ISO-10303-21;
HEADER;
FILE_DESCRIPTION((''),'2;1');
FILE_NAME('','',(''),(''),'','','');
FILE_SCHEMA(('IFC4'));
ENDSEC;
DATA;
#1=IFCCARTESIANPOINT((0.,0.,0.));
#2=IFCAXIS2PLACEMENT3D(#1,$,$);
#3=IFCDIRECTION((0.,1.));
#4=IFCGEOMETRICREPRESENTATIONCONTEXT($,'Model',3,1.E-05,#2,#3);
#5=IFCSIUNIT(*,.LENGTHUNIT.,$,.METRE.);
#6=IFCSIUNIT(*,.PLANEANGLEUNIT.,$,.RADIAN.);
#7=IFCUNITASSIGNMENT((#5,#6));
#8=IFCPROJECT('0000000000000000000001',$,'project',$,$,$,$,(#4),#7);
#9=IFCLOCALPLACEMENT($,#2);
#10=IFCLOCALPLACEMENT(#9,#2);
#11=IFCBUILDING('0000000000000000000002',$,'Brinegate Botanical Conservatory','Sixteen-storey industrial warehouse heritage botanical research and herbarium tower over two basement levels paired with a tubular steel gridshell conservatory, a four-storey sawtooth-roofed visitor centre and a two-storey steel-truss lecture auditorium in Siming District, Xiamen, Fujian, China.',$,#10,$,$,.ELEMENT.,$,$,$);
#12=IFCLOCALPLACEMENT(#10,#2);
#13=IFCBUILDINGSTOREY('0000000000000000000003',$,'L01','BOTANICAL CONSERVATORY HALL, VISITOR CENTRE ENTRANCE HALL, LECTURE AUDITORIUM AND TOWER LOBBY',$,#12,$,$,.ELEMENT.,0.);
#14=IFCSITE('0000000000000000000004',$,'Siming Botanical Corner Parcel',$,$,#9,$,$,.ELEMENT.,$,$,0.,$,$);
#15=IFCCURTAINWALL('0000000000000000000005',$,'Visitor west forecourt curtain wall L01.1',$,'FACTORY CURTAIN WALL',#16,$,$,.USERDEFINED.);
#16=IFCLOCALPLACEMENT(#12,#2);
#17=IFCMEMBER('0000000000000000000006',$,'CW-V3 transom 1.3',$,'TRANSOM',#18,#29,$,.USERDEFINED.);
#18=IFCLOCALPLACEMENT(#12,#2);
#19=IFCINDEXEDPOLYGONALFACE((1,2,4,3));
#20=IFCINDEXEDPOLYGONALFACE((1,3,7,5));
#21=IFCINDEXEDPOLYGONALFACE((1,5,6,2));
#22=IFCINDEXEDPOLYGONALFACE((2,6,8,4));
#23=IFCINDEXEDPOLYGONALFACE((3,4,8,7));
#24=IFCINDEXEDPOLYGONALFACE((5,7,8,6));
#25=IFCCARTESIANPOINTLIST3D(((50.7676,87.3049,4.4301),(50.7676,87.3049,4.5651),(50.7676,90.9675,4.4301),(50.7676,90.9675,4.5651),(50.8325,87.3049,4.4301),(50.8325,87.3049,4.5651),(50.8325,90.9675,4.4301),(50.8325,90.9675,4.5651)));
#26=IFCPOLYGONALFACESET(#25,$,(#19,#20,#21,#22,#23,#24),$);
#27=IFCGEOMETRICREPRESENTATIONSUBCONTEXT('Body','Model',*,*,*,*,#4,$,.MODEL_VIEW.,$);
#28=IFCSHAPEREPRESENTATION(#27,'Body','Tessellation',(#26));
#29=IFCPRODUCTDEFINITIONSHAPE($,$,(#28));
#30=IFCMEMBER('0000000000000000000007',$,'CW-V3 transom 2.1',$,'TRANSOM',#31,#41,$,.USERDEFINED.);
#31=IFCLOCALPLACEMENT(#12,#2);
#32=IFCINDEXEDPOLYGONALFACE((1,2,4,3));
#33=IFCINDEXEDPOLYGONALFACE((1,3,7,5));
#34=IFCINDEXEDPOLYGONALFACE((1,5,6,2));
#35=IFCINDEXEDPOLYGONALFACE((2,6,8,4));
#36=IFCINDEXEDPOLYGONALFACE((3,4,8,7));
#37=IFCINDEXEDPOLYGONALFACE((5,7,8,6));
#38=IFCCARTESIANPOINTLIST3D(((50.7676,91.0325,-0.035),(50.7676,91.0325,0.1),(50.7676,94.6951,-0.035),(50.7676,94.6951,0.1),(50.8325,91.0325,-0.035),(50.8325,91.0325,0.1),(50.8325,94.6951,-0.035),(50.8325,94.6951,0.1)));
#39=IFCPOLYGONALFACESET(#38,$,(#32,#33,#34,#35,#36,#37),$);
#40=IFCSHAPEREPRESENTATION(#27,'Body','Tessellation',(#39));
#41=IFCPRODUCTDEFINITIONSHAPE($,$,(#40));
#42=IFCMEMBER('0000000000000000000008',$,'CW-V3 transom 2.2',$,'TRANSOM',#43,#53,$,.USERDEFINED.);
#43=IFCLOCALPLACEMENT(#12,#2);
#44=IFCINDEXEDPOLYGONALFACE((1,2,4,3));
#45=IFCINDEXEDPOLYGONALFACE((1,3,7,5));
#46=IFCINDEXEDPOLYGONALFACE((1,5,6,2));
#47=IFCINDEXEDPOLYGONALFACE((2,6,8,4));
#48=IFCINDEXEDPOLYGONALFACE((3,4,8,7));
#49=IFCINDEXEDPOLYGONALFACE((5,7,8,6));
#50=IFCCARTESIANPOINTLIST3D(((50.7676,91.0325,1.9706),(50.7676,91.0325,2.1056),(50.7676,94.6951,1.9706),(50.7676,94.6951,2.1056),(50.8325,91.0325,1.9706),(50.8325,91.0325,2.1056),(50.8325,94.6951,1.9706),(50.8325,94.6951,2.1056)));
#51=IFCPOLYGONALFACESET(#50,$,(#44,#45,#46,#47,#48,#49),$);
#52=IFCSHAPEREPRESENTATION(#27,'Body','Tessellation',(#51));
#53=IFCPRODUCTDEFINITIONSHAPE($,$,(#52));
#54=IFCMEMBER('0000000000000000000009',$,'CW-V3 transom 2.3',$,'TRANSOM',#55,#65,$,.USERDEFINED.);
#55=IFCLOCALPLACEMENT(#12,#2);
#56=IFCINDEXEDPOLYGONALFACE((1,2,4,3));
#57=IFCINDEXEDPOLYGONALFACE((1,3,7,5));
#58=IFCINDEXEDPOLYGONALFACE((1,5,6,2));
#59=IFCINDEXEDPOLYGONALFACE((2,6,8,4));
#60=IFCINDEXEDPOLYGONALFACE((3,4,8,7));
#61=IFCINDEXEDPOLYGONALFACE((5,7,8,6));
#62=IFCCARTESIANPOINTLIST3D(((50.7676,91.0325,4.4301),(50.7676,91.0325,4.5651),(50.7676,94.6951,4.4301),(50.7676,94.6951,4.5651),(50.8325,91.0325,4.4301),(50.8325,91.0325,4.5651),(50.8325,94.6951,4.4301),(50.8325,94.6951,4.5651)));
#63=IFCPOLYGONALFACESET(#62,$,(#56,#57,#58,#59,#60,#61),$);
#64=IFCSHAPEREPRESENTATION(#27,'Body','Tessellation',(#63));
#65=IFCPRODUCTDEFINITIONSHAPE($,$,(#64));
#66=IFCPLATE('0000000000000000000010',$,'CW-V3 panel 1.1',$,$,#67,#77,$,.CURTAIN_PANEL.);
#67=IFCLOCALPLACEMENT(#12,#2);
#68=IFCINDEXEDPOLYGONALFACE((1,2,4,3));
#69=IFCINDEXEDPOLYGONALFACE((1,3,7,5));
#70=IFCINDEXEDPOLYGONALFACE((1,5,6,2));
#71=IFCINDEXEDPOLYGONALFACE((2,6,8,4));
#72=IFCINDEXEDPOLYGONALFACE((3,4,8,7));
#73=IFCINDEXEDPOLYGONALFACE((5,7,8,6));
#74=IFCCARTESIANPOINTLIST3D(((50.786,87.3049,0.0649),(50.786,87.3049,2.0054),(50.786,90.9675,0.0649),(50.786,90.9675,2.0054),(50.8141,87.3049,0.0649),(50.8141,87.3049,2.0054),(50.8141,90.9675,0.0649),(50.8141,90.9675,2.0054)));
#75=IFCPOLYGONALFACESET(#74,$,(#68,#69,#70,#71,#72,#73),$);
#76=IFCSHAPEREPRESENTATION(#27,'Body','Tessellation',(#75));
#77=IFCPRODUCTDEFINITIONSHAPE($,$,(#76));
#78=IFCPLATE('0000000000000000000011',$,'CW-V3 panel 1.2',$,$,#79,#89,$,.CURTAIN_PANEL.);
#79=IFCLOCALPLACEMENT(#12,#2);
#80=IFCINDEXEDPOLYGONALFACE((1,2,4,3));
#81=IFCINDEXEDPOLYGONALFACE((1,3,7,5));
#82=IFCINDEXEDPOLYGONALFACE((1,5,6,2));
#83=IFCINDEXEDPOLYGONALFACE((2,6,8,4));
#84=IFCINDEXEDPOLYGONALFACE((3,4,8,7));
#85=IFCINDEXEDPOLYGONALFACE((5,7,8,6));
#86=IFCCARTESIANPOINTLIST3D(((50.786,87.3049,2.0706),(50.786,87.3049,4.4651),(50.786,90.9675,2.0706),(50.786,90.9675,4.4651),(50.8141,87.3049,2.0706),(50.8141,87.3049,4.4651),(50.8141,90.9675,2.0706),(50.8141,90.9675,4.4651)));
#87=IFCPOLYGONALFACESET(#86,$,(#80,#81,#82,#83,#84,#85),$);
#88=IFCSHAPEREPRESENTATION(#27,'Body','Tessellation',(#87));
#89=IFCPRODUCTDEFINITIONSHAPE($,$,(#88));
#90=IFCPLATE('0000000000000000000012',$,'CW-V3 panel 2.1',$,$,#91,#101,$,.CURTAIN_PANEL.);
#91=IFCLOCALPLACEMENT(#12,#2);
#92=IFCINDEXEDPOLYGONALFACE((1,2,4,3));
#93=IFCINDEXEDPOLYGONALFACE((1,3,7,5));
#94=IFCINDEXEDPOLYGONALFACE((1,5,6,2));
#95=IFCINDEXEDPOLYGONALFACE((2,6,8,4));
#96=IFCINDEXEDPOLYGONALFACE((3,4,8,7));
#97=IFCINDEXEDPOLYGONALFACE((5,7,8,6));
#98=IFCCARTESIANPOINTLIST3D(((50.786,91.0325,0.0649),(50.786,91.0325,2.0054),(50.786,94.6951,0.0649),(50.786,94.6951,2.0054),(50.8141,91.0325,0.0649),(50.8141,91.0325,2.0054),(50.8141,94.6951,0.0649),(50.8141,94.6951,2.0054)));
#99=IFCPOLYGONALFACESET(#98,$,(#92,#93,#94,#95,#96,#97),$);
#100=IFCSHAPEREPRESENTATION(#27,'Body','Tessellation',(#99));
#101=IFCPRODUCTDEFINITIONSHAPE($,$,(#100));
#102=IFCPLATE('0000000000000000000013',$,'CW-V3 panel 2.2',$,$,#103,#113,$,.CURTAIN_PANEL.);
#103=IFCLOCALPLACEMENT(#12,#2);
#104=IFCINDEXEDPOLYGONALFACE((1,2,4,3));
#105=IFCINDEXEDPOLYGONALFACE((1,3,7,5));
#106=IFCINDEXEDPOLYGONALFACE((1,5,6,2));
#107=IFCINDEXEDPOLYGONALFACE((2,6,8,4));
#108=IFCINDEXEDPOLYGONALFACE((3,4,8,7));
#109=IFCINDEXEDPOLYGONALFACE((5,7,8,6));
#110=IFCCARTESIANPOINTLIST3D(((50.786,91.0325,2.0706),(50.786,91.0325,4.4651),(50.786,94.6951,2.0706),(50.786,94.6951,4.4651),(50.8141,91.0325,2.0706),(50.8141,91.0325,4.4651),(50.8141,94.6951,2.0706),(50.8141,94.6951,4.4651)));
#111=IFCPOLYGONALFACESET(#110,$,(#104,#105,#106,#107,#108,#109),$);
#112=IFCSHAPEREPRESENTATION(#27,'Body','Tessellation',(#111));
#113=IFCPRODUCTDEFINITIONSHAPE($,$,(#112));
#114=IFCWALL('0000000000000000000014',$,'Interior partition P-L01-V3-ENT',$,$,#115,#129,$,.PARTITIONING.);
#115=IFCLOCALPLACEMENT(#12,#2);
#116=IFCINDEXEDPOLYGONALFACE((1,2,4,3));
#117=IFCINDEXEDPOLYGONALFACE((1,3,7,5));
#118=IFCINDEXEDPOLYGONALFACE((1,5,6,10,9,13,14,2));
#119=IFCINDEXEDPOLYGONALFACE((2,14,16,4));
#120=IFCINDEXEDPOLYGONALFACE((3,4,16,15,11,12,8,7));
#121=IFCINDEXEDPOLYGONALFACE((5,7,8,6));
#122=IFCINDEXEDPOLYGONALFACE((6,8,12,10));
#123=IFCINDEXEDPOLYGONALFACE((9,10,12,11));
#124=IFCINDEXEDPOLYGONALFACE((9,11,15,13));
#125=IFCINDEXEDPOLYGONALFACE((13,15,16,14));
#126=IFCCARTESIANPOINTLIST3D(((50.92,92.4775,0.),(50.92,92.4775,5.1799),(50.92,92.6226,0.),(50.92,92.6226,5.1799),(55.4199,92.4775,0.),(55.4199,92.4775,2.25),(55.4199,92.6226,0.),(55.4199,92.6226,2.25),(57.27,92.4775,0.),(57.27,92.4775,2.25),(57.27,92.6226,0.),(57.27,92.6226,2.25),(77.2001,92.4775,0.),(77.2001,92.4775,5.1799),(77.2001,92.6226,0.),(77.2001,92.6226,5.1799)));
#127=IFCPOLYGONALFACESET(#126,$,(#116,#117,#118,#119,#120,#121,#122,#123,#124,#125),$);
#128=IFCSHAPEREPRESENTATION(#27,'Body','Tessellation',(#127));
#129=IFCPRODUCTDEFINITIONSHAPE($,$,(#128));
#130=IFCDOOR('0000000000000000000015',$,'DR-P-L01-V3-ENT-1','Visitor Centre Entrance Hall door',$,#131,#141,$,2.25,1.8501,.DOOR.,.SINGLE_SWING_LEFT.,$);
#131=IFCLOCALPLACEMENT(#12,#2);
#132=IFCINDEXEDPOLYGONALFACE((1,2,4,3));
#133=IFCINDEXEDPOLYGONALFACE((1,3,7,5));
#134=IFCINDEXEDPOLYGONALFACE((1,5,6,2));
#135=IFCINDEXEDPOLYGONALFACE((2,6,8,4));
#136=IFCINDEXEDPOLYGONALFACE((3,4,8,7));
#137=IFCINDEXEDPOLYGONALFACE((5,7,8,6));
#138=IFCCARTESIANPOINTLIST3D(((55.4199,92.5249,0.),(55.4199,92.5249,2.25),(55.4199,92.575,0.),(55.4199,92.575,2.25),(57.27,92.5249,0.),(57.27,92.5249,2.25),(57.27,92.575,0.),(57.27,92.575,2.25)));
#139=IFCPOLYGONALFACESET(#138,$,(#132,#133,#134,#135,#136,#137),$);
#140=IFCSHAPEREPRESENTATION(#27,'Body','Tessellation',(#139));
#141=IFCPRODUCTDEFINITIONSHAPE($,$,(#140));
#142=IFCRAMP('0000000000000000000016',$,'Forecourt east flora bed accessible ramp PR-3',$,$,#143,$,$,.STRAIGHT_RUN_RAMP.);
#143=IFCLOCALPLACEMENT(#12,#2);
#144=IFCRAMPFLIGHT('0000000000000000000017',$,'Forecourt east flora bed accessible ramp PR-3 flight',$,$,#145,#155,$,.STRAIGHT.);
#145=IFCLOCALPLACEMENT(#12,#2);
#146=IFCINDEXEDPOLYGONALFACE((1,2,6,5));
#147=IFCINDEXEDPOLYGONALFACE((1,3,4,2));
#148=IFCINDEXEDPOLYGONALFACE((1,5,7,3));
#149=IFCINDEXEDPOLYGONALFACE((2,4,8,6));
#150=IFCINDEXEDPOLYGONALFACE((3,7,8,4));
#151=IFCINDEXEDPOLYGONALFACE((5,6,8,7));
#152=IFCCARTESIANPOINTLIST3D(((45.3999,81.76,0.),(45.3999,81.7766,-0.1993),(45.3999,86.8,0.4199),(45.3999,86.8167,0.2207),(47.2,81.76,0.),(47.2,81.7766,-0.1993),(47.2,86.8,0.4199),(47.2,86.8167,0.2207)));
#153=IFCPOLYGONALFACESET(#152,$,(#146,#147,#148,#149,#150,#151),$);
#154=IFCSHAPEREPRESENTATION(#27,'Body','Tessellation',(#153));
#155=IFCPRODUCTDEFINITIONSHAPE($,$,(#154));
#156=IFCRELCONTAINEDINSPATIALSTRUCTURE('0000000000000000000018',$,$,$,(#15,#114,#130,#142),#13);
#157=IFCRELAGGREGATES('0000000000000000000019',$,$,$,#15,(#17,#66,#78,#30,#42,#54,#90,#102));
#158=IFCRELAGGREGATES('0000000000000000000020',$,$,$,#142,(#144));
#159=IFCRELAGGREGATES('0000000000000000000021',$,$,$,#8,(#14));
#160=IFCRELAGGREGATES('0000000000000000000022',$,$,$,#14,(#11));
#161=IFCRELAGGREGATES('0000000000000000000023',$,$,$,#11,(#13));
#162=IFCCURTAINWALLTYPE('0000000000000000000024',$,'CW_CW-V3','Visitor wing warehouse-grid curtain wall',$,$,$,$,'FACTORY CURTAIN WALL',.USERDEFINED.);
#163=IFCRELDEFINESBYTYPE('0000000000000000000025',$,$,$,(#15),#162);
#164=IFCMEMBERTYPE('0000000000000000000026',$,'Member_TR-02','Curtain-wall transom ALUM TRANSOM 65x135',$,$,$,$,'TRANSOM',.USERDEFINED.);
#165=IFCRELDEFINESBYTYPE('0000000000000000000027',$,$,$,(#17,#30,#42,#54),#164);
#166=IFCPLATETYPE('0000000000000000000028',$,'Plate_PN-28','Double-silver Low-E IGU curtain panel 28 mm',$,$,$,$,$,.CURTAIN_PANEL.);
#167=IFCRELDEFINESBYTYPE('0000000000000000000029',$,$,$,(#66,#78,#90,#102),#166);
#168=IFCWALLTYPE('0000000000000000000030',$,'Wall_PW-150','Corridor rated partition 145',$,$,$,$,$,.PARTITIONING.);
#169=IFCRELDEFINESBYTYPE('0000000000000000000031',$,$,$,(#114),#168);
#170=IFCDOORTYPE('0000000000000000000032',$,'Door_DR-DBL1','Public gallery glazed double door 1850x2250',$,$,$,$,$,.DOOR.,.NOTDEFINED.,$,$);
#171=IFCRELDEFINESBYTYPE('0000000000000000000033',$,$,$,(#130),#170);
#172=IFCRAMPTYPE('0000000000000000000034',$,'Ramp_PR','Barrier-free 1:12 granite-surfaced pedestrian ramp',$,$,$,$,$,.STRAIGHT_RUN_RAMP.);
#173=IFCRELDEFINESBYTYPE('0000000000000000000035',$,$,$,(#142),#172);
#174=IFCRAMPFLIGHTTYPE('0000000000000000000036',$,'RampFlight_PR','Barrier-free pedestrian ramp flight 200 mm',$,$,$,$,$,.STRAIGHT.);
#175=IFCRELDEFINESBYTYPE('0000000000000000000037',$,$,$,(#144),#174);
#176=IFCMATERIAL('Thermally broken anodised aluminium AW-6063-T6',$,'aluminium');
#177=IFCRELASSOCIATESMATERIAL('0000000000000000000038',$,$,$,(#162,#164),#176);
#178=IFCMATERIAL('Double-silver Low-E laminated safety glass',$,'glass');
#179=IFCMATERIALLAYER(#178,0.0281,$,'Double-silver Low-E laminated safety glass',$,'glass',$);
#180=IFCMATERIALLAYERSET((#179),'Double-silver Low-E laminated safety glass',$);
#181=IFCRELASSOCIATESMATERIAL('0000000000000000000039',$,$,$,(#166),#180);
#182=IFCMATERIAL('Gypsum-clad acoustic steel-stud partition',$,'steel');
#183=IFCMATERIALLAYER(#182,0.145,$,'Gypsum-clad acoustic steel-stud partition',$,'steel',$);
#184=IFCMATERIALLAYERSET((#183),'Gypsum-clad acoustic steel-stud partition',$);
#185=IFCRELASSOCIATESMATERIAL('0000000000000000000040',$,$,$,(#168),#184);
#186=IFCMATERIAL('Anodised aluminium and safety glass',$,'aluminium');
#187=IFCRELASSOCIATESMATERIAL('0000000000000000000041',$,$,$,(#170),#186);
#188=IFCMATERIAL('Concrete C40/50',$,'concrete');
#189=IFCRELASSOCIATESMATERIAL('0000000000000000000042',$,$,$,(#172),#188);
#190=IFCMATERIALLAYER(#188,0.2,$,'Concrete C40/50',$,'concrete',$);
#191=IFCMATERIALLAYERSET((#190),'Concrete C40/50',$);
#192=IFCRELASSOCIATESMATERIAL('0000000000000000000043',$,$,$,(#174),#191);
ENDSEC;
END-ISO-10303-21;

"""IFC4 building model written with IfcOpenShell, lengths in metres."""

from ifc_helpers import new_model, si_unit, direction, frame, frame_2d, origin, origin_2d, place, context, subcontext, project, spatial, polyline, rectangle, outline, extrude, material, layer, layer_set, material_profile, profile_set, type_object, element, fill, aggregate, save


model = new_model("IFC4")

# Units and contexts
model_context = context("Model", 3, precision=1e-05, world=origin(), true_north=direction((0.0, 1.0)))
body_context = subcontext(model_context, "Body", "Model", "MODEL_VIEW")
ifc_project = project(units=[si_unit("LENGTHUNIT", "METRE"), si_unit("PLANEANGLEUNIT", "RADIAN")], contexts=[model_context])

# Site, building, storey
site_placement = place(None, origin())
site = spatial("IfcSite", under=ifc_project, at=site_placement, Name="Siming Botanical Corner Parcel", CompositionType="ELEMENT", RefElevation=0.0)
building_placement = place(site_placement, origin())
building = spatial("IfcBuilding", under=site, at=building_placement, Name="Brinegate Botanical Conservatory", Description="Sixteen-storey industrial warehouse heritage botanical research and herbarium tower over two basement levels paired with a tubular steel gridshell conservatory, a four-storey sawtooth-roofed visitor centre and a two-storey steel-truss lecture auditorium in Siming District, Xiamen, Fujian, China.", CompositionType="ELEMENT")
storey_placement = place(building_placement, origin())
storey = spatial("IfcBuildingStorey", under=building, at=storey_placement, Name="L01", Description="BOTANICAL CONSERVATORY HALL, VISITOR CENTRE ENTRANCE HALL, LECTURE AUDITORIUM AND TOWER LOBBY", CompositionType="ELEMENT", Elevation=0.0)

# Shared definitions
ifc_material_1 = material(Name="Concrete C40/50", Category="concrete")

# Curtain wall, members, plates
ifc_material_2 = material(Name="Thermally broken anodised aluminium AW-6063-T6", Category="aluminium")
curtain_wall_type = type_object("IfcCurtainWallType", Name="CW_CW-V3", Description="Visitor wing warehouse-grid curtain wall", ElementType="FACTORY CURTAIN WALL", PredefinedType="USERDEFINED", material=ifc_material_2)
curtain_wall_placement = place(storey_placement, origin())
curtain_wall = element("IfcCurtainWall", 1, at=curtain_wall_placement, inside=storey, type_object=curtain_wall_type, Name="Visitor west forecourt curtain wall L01.1", ObjectType="FACTORY CURTAIN WALL", PredefinedType="USERDEFINED")
ifc_material_profile_1 = material_profile(ifc_material_2, rectangle(XDim=0.0649, YDim=0.135, at=origin_2d()), Name="ALUM TRANSOM 65x135")
ifc_profile_set_1 = profile_set([ifc_material_profile_1], Name="Thermally broken anodised aluminium AW-6063-T6")
member_type_1 = type_object("IfcMemberType", Name="Member_TR-02", Description="Curtain-wall transom ALUM TRANSOM 65x135", ElementType="TRANSOM", PredefinedType="USERDEFINED", material=ifc_profile_set_1)
member_1_placement = place(storey_placement, frame((50.8, 87.3049, 4.4976), z_axis=(0.0, 1.0, 0.0), x_axis=(-1.0, 0.0, 0.0)))
member_1 = element("IfcMember", 2, at=member_1_placement, type_object=member_type_1, Name="CW-V3 transom 1.3", ObjectType="TRANSOM", PredefinedType="USERDEFINED", context=body_context, shape_type="SweptSolid", body=[
    extrude(rectangle(XDim=0.0649, YDim=0.135, at=origin_2d()), origin(), (0.0, 0.0, 1.0), 3.6626),
])
member_2_placement = place(storey_placement, frame((50.8, 91.0325, 0.0325), z_axis=(0.0, 1.0, 0.0), x_axis=(-1.0, 0.0, 0.0)))
member_2 = element("IfcMember", 3, at=member_2_placement, type_object=member_type_1, Name="CW-V3 transom 2.1", ObjectType="TRANSOM", PredefinedType="USERDEFINED", context=body_context, shape_type="SweptSolid", body=[
    extrude(rectangle(XDim=0.0649, YDim=0.135, at=origin_2d()), origin(), (0.0, 0.0, 1.0), 3.6626),
])
member_3_placement = place(storey_placement, frame((50.8, 91.0325, 2.0381), z_axis=(0.0, 1.0, 0.0), x_axis=(-1.0, 0.0, 0.0)))
member_3 = element("IfcMember", 4, at=member_3_placement, type_object=member_type_1, Name="CW-V3 transom 2.2", ObjectType="TRANSOM", PredefinedType="USERDEFINED", context=body_context, shape_type="SweptSolid", body=[
    extrude(rectangle(XDim=0.0649, YDim=0.135, at=origin_2d()), origin(), (0.0, 0.0, 1.0), 3.6626),
])
member_4_placement = place(storey_placement, frame((50.8, 91.0325, 4.4976), z_axis=(0.0, 1.0, 0.0), x_axis=(-1.0, 0.0, 0.0)))
member_4 = element("IfcMember", 5, at=member_4_placement, type_object=member_type_1, Name="CW-V3 transom 2.3", ObjectType="TRANSOM", PredefinedType="USERDEFINED", context=body_context, shape_type="SweptSolid", body=[
    extrude(rectangle(XDim=0.0649, YDim=0.135, at=origin_2d()), origin(), (0.0, 0.0, 1.0), 3.6626),
])
ifc_material_3 = material(Name="Double-silver Low-E laminated safety glass", Category="glass")
ifc_layer_1 = layer(ifc_material_3, 0.0281, Name="Double-silver Low-E laminated safety glass", Category="glass")
ifc_layer_set_1 = layer_set([ifc_layer_1], Name="Double-silver Low-E laminated safety glass")
plate_type = type_object("IfcPlateType", Name="Plate_PN-28", Description="Double-silver Low-E IGU curtain panel 28 mm", PredefinedType="CURTAIN_PANEL", material=ifc_layer_set_1)
plate_1_placement = place(storey_placement, frame((50.8, 89.1362, 0.0649), z_axis=(0.0, 0.0, 1.0), x_axis=(0.0, 1.0, 0.0)))
plate_1 = element("IfcPlate", 6, at=plate_1_placement, type_object=plate_type, Name="CW-V3 panel 1.1", PredefinedType="CURTAIN_PANEL", context=body_context, shape_type="SweptSolid", body=[
    extrude(rectangle(XDim=3.6626, YDim=0.0281, at=origin_2d()), origin(), (0.0, 0.0, 1.0), 1.9404),
])
plate_2_placement = place(storey_placement, frame((50.8, 89.1362, 2.0706), z_axis=(0.0, 0.0, 1.0), x_axis=(0.0, 1.0, 0.0)))
plate_2 = element("IfcPlate", 7, at=plate_2_placement, type_object=plate_type, Name="CW-V3 panel 1.2", PredefinedType="CURTAIN_PANEL", context=body_context, shape_type="SweptSolid", body=[
    extrude(rectangle(XDim=3.6626, YDim=0.0281, at=origin_2d()), origin(), (0.0, 0.0, 1.0), 2.3945),
])
plate_3_placement = place(storey_placement, frame((50.8, 92.8638, 0.0649), z_axis=(0.0, 0.0, 1.0), x_axis=(0.0, 1.0, 0.0)))
plate_3 = element("IfcPlate", 8, at=plate_3_placement, type_object=plate_type, Name="CW-V3 panel 2.1", PredefinedType="CURTAIN_PANEL", context=body_context, shape_type="SweptSolid", body=[
    extrude(rectangle(XDim=3.6626, YDim=0.0281, at=origin_2d()), origin(), (0.0, 0.0, 1.0), 1.9404),
])
plate_4_placement = place(storey_placement, frame((50.8, 92.8638, 2.0706), z_axis=(0.0, 0.0, 1.0), x_axis=(0.0, 1.0, 0.0)))
plate_4 = element("IfcPlate", 9, at=plate_4_placement, type_object=plate_type, Name="CW-V3 panel 2.2", PredefinedType="CURTAIN_PANEL", context=body_context, shape_type="SweptSolid", body=[
    extrude(rectangle(XDim=3.6626, YDim=0.0281, at=origin_2d()), origin(), (0.0, 0.0, 1.0), 2.3945),
])
aggregate(curtain_wall, [member_1, plate_1, plate_2, member_2, member_3, member_4, plate_3, plate_4])

# Wall, opening, door
ifc_material_4 = material(Name="Gypsum-clad acoustic steel-stud partition", Category="steel")
ifc_layer_2 = layer(ifc_material_4, 0.145, Name="Gypsum-clad acoustic steel-stud partition", Category="steel")
ifc_layer_set_2 = layer_set([ifc_layer_2], Name="Gypsum-clad acoustic steel-stud partition")
wall_type = type_object("IfcWallType", Name="Wall_PW-150", Description="Corridor rated partition 145", PredefinedType="PARTITIONING", material=ifc_layer_set_2)
wall_placement = place(storey_placement, frame((50.9199, 92.55, 0.0), z_axis=(0.0, 0.0, 1.0), x_axis=(1.0, 0.0, 0.0)))
wall = element("IfcWall", 10, at=wall_placement, inside=storey, type_object=wall_type, Name="Interior partition P-L01-V3-ENT", PredefinedType="PARTITIONING", context=body_context, shape_type="SweptSolid", body=[
    extrude(rectangle(XDim=26.28, YDim=0.145, at=frame_2d((13.1401, 0.0))), origin(), (0.0, 0.0, 1.0), 5.1799),
])
opening_placement = place(wall_placement, frame((4.5, 0.0, 0.0)))
opening = element("IfcOpeningElement", 11, at=opening_placement, cuts=wall, PredefinedType="OPENING", context=body_context, shape_type="SweptSolid", body=[
    extrude(rectangle(XDim=1.8501, YDim=2.25, at=frame_2d((0.925, 1.125))), frame((0.0, 0.0825, 0.0), z_axis=(0.0, -1.0, 0.0), x_axis=(1.0, 0.0, 0.0)), (0.0, 0.0, 1.0), 0.165),
])
ifc_material_5 = material(Name="Anodised aluminium and safety glass", Category="aluminium")
door_type = type_object("IfcDoorType", Name="Door_DR-DBL1", Description="Public gallery glazed double door 1850x2250", OperationType="NOTDEFINED", PredefinedType="DOOR", material=ifc_material_5)
door_placement = place(opening_placement, origin())
door = element("IfcDoor", 12, at=door_placement, inside=storey, type_object=door_type, Name="DR-P-L01-V3-ENT-1", Description="Visitor Centre Entrance Hall door", OperationType="SINGLE_SWING_LEFT", OverallHeight=2.25, OverallWidth=1.8501, PredefinedType="DOOR", context=body_context, shape_type="SweptSolid", body=[
    extrude(rectangle(XDim=1.8501, YDim=2.25, at=frame_2d((0.925, 1.125))), frame((0.0, 0.0249, 0.0), z_axis=(0.0, -1.0, 0.0), x_axis=(1.0, 0.0, 0.0)), (0.0, 0.0, 1.0), 0.05),
])
fill(opening, door)

# Ramp, ramp flight
ramp_type = type_object("IfcRampType", Name="Ramp_PR", Description="Barrier-free 1:12 granite-surfaced pedestrian ramp", PredefinedType="STRAIGHT_RUN_RAMP", material=ifc_material_1)
ramp_placement = place(storey_placement, origin())
ramp = element("IfcRamp", 13, at=ramp_placement, inside=storey, type_object=ramp_type, Name="Forecourt east flora bed accessible ramp PR-3", PredefinedType="STRAIGHT_RUN_RAMP")
ifc_layer_3 = layer(ifc_material_1, 0.2, Name="Concrete C40/50", Category="concrete")
ifc_layer_set_3 = layer_set([ifc_layer_3], Name="Concrete C40/50")
ramp_flight_type = type_object("IfcRampFlightType", Name="RampFlight_PR", Description="Barrier-free pedestrian ramp flight 200 mm", PredefinedType="STRAIGHT", material=ifc_layer_set_3)
ramp_flight_placement = place(storey_placement, frame((45.3999, 81.76, 0.0), z_axis=(0.0, -0.083029, 0.996547), x_axis=(1.0, 0.0, 0.0)))
ramp_flight = element("IfcRampFlight", 14, at=ramp_flight_placement, type_object=ramp_flight_type, Name="Forecourt east flora bed accessible ramp PR-3 flight", PredefinedType="STRAIGHT", context=body_context, shape_type="SweptSolid", body=[
    extrude(outline(polyline([(0.0, 0.0), (1.8, 0.0), (1.8, 5.0575), (0.0, 5.0575), (0.0, 0.0)])), origin(), (0.0, 0.0, -1.0), 0.2),
])
aggregate(ramp, [ramp_flight])

save(model, "model.ifc")
